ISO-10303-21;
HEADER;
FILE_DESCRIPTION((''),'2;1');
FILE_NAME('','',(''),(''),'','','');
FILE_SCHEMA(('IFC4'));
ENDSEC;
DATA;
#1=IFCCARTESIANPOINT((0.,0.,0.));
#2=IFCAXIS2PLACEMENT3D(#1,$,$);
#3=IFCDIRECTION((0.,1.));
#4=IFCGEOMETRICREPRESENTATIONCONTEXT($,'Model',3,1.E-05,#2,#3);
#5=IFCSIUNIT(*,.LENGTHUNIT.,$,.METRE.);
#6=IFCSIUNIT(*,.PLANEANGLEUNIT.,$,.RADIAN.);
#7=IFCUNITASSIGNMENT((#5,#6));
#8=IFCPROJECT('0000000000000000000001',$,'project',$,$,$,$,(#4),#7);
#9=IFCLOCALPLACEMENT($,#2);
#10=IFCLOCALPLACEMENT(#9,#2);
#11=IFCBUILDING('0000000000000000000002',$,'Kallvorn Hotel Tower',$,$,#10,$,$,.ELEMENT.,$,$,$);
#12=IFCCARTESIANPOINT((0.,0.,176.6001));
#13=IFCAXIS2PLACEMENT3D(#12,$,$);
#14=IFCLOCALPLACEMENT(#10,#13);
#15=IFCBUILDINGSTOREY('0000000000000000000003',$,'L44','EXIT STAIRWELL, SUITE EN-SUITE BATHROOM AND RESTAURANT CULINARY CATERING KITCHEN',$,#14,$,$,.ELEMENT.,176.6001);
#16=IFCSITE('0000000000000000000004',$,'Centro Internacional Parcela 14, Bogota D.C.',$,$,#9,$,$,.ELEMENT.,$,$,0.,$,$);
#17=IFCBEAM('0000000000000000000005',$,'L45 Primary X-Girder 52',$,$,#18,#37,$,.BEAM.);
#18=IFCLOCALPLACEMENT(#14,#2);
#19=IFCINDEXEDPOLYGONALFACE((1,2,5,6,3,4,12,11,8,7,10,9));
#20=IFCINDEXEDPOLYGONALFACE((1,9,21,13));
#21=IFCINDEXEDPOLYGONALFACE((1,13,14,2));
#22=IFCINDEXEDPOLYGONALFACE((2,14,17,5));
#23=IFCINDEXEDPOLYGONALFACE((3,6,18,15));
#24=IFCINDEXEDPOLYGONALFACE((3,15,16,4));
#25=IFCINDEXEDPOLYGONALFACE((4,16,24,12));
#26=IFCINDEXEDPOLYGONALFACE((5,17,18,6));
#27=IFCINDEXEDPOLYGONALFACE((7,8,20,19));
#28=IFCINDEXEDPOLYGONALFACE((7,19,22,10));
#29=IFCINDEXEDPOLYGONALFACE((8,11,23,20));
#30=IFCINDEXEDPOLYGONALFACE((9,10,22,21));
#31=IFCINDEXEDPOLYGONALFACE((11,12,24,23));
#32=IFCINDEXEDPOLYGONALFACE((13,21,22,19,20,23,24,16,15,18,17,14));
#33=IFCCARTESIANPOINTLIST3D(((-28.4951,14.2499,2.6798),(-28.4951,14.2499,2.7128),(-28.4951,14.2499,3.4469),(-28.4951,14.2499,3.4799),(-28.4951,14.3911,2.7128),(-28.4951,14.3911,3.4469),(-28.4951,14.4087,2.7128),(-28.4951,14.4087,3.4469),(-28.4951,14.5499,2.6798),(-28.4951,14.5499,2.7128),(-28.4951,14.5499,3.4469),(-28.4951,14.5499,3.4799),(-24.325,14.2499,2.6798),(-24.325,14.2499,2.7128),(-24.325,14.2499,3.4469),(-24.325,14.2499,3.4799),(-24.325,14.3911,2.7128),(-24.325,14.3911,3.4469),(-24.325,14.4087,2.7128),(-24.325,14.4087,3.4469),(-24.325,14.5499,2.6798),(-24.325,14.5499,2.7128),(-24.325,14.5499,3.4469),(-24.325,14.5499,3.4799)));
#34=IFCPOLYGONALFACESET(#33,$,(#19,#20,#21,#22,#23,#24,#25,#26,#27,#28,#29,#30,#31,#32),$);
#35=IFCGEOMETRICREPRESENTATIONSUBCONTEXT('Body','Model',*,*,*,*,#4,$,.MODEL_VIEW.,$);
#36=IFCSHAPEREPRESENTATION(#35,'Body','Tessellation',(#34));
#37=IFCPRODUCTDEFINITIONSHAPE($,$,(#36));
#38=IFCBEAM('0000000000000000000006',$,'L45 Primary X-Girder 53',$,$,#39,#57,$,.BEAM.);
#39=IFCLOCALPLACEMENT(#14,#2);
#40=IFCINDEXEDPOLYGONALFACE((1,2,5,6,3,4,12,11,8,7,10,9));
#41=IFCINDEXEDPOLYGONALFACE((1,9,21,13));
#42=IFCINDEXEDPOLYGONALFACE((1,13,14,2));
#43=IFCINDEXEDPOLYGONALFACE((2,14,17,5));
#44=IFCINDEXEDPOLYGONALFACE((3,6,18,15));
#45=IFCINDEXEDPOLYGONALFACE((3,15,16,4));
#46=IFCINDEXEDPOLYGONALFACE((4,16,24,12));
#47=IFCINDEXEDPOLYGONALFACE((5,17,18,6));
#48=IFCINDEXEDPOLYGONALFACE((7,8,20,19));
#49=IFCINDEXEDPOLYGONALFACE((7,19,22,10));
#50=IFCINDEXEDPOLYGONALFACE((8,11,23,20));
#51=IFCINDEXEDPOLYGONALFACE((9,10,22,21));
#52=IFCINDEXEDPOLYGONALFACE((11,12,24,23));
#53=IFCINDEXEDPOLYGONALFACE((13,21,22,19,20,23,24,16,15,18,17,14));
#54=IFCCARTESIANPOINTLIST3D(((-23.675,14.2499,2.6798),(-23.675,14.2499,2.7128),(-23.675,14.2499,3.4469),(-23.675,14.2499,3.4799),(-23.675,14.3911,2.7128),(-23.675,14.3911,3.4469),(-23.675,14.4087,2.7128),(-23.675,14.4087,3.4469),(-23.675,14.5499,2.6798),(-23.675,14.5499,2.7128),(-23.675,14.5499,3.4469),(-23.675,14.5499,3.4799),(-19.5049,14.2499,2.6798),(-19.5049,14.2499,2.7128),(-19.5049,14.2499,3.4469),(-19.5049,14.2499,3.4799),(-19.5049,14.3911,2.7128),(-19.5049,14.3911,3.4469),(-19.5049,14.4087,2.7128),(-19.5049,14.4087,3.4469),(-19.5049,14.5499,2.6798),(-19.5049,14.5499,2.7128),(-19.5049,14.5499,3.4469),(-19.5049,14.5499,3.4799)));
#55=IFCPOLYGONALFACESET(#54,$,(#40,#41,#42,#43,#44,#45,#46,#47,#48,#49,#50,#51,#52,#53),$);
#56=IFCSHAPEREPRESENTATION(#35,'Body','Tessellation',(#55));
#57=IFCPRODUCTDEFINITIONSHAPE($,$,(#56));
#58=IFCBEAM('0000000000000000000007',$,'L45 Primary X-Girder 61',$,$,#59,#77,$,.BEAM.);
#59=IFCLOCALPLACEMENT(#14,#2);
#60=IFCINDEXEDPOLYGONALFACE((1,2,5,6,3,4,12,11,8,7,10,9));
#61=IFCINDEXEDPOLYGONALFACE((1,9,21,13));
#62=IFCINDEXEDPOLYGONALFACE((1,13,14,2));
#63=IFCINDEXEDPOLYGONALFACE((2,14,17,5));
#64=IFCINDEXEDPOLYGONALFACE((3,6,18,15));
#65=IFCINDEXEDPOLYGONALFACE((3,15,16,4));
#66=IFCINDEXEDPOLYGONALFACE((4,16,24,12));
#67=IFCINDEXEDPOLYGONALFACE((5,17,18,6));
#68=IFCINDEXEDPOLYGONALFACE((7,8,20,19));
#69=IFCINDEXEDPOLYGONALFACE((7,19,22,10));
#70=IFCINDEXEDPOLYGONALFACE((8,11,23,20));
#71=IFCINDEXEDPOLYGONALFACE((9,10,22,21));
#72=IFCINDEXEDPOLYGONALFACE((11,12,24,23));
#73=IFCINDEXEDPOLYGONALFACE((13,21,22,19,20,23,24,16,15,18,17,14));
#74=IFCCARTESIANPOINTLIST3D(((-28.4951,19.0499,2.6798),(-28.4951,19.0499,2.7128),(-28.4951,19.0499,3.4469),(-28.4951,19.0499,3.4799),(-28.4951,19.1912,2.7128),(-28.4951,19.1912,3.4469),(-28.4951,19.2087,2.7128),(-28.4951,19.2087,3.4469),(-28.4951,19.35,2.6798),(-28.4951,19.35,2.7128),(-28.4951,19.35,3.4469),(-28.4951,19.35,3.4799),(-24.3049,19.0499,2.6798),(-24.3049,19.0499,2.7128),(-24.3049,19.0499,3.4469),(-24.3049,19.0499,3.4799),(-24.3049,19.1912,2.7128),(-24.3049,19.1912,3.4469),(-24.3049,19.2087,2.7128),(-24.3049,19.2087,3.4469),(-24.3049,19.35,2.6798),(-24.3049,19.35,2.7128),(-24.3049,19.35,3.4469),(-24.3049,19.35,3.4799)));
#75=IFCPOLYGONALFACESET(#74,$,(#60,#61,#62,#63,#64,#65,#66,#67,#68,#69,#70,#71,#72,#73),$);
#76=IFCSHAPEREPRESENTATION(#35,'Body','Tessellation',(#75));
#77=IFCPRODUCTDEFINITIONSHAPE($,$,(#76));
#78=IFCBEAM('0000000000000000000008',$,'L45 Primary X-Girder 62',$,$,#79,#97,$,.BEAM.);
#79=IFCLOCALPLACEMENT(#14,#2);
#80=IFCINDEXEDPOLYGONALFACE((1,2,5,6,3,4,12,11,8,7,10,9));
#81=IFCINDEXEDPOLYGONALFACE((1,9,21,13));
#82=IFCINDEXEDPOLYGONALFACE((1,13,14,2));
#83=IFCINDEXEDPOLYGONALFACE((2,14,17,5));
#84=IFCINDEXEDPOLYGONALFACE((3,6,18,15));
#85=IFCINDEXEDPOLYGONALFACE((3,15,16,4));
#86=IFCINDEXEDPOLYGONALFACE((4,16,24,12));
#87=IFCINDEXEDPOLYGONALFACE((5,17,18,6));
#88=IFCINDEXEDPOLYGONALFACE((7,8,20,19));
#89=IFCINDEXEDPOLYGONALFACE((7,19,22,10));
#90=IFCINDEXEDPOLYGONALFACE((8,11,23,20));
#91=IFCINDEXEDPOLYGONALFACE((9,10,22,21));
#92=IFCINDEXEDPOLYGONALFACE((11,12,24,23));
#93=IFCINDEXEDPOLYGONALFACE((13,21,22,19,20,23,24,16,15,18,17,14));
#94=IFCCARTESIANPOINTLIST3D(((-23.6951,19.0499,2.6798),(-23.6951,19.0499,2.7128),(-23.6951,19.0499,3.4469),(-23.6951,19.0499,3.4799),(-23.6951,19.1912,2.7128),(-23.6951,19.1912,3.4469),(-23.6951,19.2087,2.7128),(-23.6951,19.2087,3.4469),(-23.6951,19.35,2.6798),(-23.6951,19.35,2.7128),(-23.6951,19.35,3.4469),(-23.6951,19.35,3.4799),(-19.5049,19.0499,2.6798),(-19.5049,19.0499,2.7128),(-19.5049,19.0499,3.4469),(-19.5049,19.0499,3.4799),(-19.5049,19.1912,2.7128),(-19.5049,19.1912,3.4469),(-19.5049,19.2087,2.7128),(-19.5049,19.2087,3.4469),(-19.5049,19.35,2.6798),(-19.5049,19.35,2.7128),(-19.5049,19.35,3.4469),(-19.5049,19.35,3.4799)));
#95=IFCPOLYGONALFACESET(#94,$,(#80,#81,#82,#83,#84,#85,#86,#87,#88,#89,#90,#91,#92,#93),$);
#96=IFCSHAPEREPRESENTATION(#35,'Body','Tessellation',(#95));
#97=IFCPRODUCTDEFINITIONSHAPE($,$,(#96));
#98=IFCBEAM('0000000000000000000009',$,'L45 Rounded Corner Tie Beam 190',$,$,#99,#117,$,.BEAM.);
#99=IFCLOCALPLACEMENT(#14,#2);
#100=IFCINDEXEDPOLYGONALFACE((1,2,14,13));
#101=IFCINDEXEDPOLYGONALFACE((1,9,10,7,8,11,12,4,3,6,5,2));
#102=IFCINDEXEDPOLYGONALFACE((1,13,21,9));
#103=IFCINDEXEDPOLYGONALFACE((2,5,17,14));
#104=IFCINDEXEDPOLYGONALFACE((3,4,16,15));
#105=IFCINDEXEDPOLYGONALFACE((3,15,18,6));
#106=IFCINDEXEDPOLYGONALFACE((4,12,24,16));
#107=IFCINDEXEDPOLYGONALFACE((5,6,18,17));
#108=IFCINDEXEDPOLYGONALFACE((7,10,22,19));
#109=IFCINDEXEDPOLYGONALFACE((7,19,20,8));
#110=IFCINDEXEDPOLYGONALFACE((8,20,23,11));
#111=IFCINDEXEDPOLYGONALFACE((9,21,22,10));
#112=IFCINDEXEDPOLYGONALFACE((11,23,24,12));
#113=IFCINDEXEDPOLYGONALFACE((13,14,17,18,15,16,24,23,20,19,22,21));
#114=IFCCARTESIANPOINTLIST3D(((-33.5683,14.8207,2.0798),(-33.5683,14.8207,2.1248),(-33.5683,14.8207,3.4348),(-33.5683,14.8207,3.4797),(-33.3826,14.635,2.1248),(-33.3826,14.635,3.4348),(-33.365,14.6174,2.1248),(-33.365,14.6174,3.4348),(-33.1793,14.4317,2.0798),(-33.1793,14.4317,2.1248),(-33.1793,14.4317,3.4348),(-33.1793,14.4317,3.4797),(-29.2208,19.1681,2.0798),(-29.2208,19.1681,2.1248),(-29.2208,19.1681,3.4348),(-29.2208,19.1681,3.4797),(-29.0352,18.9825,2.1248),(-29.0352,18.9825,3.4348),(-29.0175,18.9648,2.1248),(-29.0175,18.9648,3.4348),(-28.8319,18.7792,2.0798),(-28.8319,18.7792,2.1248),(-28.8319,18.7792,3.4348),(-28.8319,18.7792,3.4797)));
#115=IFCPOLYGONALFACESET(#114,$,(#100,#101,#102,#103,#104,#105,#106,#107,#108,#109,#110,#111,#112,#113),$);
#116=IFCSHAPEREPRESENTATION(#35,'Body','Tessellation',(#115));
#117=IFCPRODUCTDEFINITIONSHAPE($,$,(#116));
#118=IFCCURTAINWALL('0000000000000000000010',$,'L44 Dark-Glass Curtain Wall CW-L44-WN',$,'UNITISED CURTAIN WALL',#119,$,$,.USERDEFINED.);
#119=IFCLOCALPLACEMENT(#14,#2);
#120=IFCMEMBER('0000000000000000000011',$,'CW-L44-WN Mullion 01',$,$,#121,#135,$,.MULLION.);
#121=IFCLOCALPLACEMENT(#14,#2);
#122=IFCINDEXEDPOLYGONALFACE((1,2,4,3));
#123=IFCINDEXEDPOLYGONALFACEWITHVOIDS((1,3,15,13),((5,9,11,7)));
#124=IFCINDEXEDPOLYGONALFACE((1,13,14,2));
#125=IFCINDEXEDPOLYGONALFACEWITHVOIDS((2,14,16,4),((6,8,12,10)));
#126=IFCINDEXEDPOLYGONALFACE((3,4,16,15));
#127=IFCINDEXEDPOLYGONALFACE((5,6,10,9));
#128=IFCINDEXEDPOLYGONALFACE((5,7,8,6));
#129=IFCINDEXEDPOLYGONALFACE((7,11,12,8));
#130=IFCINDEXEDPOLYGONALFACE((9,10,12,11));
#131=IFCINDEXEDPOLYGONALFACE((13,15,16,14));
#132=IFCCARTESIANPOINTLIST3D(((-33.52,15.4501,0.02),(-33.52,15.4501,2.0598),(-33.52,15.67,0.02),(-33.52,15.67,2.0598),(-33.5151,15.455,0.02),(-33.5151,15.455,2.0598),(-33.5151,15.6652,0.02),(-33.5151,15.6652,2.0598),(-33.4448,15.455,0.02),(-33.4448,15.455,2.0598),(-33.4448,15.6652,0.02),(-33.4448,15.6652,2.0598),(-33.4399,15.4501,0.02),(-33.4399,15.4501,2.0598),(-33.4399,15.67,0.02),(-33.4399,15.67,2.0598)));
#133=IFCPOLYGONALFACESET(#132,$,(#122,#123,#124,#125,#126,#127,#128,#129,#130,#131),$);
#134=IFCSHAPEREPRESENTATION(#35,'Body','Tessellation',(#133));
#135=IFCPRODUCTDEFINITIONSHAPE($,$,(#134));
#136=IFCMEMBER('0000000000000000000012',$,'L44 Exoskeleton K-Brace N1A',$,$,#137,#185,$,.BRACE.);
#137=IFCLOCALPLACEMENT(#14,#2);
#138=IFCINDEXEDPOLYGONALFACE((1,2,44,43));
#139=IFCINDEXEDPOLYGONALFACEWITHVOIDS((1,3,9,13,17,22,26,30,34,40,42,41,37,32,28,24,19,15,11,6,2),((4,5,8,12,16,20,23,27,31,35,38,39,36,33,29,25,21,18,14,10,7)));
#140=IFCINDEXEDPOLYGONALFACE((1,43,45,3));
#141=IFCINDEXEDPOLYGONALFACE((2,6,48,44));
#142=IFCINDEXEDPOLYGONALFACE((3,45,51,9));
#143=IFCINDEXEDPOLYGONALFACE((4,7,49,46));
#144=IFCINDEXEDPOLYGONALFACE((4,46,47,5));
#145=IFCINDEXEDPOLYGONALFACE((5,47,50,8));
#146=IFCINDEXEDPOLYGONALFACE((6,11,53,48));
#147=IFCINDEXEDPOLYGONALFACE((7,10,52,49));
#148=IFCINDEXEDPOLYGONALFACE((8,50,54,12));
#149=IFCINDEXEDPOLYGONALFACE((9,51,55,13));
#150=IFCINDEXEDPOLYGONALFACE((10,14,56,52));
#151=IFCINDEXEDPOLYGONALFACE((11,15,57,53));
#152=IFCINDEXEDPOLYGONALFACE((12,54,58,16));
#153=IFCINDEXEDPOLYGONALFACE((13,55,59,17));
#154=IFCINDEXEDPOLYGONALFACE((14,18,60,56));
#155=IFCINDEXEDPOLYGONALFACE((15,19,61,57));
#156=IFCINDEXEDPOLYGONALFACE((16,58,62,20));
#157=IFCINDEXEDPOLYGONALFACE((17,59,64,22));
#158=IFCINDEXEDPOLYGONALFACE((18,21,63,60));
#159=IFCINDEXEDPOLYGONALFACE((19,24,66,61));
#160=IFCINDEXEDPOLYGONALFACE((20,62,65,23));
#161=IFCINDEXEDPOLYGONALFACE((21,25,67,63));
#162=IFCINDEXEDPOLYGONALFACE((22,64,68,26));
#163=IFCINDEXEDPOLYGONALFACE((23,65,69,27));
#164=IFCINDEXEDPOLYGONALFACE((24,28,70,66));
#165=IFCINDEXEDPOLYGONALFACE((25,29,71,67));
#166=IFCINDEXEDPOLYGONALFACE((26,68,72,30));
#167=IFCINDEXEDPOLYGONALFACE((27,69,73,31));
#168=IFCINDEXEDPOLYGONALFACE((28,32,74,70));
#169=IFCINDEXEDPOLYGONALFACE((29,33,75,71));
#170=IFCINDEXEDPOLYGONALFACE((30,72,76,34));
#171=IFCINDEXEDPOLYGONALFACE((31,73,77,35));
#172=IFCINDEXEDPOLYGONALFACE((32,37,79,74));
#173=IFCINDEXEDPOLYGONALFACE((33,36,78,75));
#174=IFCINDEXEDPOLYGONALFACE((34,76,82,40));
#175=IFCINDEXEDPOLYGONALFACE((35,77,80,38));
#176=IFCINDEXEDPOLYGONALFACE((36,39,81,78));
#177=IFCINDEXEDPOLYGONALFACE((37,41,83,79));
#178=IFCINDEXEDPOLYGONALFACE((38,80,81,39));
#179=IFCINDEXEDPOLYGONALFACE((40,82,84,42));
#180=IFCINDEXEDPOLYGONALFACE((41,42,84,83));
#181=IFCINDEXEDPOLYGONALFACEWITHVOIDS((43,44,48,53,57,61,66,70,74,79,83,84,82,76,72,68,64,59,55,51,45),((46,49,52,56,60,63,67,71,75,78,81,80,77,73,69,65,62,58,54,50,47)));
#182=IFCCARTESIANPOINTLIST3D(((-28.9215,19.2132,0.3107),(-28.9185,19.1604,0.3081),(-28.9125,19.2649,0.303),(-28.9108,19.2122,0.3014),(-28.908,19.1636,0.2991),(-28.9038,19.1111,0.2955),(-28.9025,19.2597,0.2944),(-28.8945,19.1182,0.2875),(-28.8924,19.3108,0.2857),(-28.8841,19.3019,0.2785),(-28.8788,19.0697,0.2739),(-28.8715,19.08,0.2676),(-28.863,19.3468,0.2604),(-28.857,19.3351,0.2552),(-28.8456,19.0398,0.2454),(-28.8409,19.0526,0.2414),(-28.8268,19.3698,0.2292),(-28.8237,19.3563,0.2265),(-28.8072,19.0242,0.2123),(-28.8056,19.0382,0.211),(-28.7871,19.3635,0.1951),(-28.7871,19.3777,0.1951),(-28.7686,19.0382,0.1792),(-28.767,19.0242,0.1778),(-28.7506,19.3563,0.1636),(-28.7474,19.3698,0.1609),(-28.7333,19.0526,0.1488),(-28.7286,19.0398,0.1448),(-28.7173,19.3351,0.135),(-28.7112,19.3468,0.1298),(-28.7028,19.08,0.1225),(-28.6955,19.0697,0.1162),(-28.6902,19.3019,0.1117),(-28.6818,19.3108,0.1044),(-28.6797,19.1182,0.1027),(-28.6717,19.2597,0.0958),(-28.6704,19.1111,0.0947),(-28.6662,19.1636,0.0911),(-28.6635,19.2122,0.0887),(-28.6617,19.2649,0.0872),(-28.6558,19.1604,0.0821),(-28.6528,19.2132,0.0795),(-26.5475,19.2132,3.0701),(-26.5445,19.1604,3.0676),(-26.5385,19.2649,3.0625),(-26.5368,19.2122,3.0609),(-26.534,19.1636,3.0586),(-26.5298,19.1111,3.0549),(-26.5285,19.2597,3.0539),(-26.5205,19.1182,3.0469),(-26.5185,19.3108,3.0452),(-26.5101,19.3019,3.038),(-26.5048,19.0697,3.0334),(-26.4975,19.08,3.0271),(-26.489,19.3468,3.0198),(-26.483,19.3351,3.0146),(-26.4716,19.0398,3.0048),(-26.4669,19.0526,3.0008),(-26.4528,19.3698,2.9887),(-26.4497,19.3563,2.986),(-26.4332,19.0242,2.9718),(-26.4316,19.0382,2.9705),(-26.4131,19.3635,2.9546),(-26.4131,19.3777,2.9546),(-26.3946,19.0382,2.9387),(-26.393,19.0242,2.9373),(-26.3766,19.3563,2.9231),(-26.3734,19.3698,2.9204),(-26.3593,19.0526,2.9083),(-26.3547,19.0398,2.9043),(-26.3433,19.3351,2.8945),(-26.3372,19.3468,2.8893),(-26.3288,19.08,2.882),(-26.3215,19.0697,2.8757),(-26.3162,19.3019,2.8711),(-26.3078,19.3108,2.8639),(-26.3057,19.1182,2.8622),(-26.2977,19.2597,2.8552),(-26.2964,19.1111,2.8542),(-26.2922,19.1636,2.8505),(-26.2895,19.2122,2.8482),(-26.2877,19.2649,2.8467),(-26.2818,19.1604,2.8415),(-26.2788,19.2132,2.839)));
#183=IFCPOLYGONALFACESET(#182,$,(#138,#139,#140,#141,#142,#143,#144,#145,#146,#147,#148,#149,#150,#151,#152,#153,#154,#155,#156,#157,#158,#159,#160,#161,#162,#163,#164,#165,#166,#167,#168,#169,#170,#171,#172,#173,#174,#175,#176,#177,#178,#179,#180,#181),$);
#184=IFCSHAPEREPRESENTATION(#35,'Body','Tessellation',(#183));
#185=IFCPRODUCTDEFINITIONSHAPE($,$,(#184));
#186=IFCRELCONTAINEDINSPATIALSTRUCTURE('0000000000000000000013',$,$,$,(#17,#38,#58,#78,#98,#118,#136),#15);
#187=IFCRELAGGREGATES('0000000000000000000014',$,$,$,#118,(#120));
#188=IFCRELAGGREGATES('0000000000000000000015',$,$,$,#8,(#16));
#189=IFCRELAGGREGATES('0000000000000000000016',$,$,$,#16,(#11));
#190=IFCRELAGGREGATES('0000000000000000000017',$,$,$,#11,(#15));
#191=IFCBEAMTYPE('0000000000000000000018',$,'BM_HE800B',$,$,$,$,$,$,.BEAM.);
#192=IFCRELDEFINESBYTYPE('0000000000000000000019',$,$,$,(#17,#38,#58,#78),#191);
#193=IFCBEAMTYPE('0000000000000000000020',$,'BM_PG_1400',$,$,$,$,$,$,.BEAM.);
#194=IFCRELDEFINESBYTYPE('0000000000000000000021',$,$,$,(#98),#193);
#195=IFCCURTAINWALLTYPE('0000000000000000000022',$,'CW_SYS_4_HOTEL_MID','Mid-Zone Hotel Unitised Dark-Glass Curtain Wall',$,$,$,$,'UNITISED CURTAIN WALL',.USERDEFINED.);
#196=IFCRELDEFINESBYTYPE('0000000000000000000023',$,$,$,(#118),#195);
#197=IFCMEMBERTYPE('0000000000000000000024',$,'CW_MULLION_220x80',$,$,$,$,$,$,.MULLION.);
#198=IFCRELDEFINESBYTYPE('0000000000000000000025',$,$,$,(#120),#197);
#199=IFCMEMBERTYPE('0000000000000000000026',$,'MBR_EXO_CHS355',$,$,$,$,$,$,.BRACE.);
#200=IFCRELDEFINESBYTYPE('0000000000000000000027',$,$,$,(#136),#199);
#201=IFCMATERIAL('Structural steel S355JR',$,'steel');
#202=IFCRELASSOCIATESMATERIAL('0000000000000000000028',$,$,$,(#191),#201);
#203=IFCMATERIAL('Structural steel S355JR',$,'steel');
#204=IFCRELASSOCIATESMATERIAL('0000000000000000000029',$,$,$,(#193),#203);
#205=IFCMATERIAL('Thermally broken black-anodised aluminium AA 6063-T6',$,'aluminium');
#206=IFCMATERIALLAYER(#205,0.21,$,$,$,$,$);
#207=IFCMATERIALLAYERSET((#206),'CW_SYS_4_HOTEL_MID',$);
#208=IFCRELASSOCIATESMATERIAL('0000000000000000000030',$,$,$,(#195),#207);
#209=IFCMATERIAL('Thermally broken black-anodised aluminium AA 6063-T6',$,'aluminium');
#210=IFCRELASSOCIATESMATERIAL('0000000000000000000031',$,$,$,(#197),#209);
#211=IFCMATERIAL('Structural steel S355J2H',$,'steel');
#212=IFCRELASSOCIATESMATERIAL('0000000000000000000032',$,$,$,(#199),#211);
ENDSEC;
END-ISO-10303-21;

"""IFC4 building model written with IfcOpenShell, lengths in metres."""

from ifc_helpers import new_model, si_unit, direction, frame, origin, origin_2d, place, context, subcontext, project, spatial, hollow_rectangle, hollow_circle, i_section, extrude, material, layer, layer_set, material_profile, profile_set, type_object, element, aggregate, save


model = new_model("IFC4")

# Units and contexts
model_context = context("Model", 3, precision=1e-05, world=origin(), true_north=direction((0.0, 1.0)))
body_context = subcontext(model_context, "Body", "Model", "MODEL_VIEW")
ifc_project = project(units=[si_unit("LENGTHUNIT", "METRE"), si_unit("PLANEANGLEUNIT", "RADIAN")], contexts=[model_context])

# Site, building, storey
site_placement = place(None, origin())
site = spatial("IfcSite", under=ifc_project, at=site_placement, Name="Centro Internacional Parcela 14, Bogota D.C.", CompositionType="ELEMENT", RefElevation=0.0)
building_placement = place(site_placement, origin())
building = spatial("IfcBuilding", under=site, at=building_placement, Name="Kallvorn Hotel Tower", CompositionType="ELEMENT")
storey_placement = place(building_placement, frame((0.0, 0.0, 176.6001)))
storey = spatial("IfcBuildingStorey", under=building, at=storey_placement, Name="L44", Description="EXIT STAIRWELL, SUITE EN-SUITE BATHROOM AND RESTAURANT CULINARY CATERING KITCHEN", CompositionType="ELEMENT", Elevation=176.6001)

# Beams
ifc_material_1 = material(Name="Structural steel S355JR", Category="steel")
ifc_material_profile_1 = material_profile(ifc_material_1, i_section(OverallWidth=0.3, OverallDepth=0.8, WebThickness=0.0176, FlangeThickness=0.033, at=origin_2d()), Name="HE 800 B")
ifc_profile_set_1 = profile_set([ifc_material_profile_1], Name="Structural steel S355JR")
beam_type_1 = type_object("IfcBeamType", Name="BM_HE800B", PredefinedType="BEAM", material=ifc_profile_set_1)
for number, where, z_axis, x_axis, name in (
    (1, (-28.4951, 14.3999, 3.0798), (1.0, 0.0, 0.0), (0.0, 1.0, 0.0), "L45 Primary X-Girder 52"),
    (2, (-23.675, 14.3999, 3.0798), (1.0, 0.0, 0.0), (0.0, 1.0, 0.0), "L45 Primary X-Girder 53"),
):
    element("IfcBeam", number, at=place(storey_placement, frame(where, z_axis=z_axis, x_axis=x_axis)), inside=storey, type_object=beam_type_1, Name=name, PredefinedType="BEAM", context=body_context, shape_type="SweptSolid", body=[
        extrude(i_section(OverallWidth=0.3, OverallDepth=0.8, WebThickness=0.0176, FlangeThickness=0.033, at=origin_2d()), origin(), (0.0, 0.0, 1.0), 4.1702),
    ])
for number, where, z_axis, x_axis, name in (
    (3, (-28.4951, 19.2, 3.0798), (1.0, 0.0, 0.0), (0.0, 1.0, 0.0), "L45 Primary X-Girder 61"),
    (4, (-23.6951, 19.2, 3.0798), (1.0, 0.0, 0.0), (0.0, 1.0, 0.0), "L45 Primary X-Girder 62"),
):
    element("IfcBeam", number, at=place(storey_placement, frame(where, z_axis=z_axis, x_axis=x_axis)), inside=storey, type_object=beam_type_1, Name=name, PredefinedType="BEAM", context=body_context, shape_type="SweptSolid", body=[
        extrude(i_section(OverallWidth=0.3, OverallDepth=0.8, WebThickness=0.0176, FlangeThickness=0.033, at=origin_2d()), origin(), (0.0, 0.0, 1.0), 4.1902),
    ])
ifc_material_2 = material(Name="Structural steel S355JR", Category="steel")
ifc_material_profile_2 = material_profile(ifc_material_2, i_section(OverallWidth=0.55, OverallDepth=1.3999, WebThickness=0.0249, FlangeThickness=0.0449, at=origin_2d()), Name="PG 1400x550x25x45")
ifc_profile_set_2 = profile_set([ifc_material_profile_2], Name="Structural steel S355JR")
beam_type_2 = type_object("IfcBeamType", Name="BM_PG_1400", PredefinedType="BEAM", material=ifc_profile_set_2)
beam_1_placement = place(storey_placement, frame((-33.3738, 14.6262, 2.7798), z_axis=(0.707107, 0.707107, 0.0), x_axis=(-0.707107, 0.707107, 0.0)))
element("IfcBeam", 5, at=beam_1_placement, inside=storey, type_object=beam_type_2, Name="L45 Rounded Corner Tie Beam 190", PredefinedType="BEAM", context=body_context, shape_type="SweptSolid", body=[
    extrude(i_section(OverallWidth=0.55, OverallDepth=1.3999, WebThickness=0.0249, FlangeThickness=0.0449, at=origin_2d()), origin(), (0.0, 0.0, 1.0), 6.1482),
])

# Curtain wall, member
ifc_material_3 = material(Name="Thermally broken black-anodised aluminium AA 6063-T6", Category="aluminium")
ifc_layer_1 = layer(ifc_material_3, 0.21)
ifc_layer_set_1 = layer_set([ifc_layer_1], Name="CW_SYS_4_HOTEL_MID")
curtain_wall_type = type_object("IfcCurtainWallType", Name="CW_SYS_4_HOTEL_MID", Description="Mid-Zone Hotel Unitised Dark-Glass Curtain Wall", ElementType="UNITISED CURTAIN WALL", PredefinedType="USERDEFINED", material=ifc_layer_set_1)
curtain_wall_placement = place(storey_placement, origin())
curtain_wall = element("IfcCurtainWall", 6, at=curtain_wall_placement, inside=storey, type_object=curtain_wall_type, Name="L44 Dark-Glass Curtain Wall CW-L44-WN", ObjectType="UNITISED CURTAIN WALL", PredefinedType="USERDEFINED")
ifc_material_4 = material(Name="Thermally broken black-anodised aluminium AA 6063-T6", Category="aluminium")
ifc_material_profile_3 = material_profile(ifc_material_4, hollow_rectangle(XDim=0.0801, YDim=0.22, WallThickness=0.0049, at=origin_2d()), Name="MUL 220x80")
ifc_profile_set_3 = profile_set([ifc_material_profile_3], Name="Thermally broken black-anodised aluminium AA 6063-T6")
member_type_1 = type_object("IfcMemberType", Name="CW_MULLION_220x80", PredefinedType="MULLION", material=ifc_profile_set_3)
member_placement = place(storey_placement, frame((-33.48, 15.5601, 0.02), z_axis=(0.0, 0.0, 1.0), x_axis=(1.0, 0.0, 0.0)))
member = element("IfcMember", 7, at=member_placement, type_object=member_type_1, Name="CW-L44-WN Mullion 01", PredefinedType="MULLION", context=body_context, shape_type="SweptSolid", body=[
    extrude(hollow_rectangle(XDim=0.0801, YDim=0.22, WallThickness=0.0049, at=origin_2d()), origin(), (0.0, 0.0, 1.0), 2.0398),
])
aggregate(curtain_wall, [member])

# Member
ifc_material_5 = material(Name="Structural steel S355J2H", Category="steel")
ifc_material_profile_4 = material_profile(ifc_material_5, hollow_circle(Radius=0.1777, WallThickness=0.0142, at=origin_2d()), Name="CHS 355.6x14.2")
ifc_profile_set_4 = profile_set([ifc_material_profile_4], Name="Structural steel S355J2H")
member_type_2 = type_object("IfcMemberType", Name="MBR_EXO_CHS355", PredefinedType="BRACE", material=ifc_profile_set_4)
for number, where, z_axis, x_axis, name in (
    (8, (-28.7871, 19.2, 0.1951), (0.652171, 0.0, 0.758072), (0.0, 1.0, 0.0), "L44 Exoskeleton K-Brace N1A"),
):
    element("IfcMember", number, at=place(storey_placement, frame(where, z_axis=z_axis, x_axis=x_axis)), inside=storey, type_object=member_type_2, Name=name, PredefinedType="BRACE", context=body_context, shape_type="SweptSolid", body=[
        extrude(hollow_circle(Radius=0.1777, WallThickness=0.0142, at=origin_2d()), origin(), (0.0, 0.0, 1.0), 3.6401),
    ])

save(model, "model.ifc")
